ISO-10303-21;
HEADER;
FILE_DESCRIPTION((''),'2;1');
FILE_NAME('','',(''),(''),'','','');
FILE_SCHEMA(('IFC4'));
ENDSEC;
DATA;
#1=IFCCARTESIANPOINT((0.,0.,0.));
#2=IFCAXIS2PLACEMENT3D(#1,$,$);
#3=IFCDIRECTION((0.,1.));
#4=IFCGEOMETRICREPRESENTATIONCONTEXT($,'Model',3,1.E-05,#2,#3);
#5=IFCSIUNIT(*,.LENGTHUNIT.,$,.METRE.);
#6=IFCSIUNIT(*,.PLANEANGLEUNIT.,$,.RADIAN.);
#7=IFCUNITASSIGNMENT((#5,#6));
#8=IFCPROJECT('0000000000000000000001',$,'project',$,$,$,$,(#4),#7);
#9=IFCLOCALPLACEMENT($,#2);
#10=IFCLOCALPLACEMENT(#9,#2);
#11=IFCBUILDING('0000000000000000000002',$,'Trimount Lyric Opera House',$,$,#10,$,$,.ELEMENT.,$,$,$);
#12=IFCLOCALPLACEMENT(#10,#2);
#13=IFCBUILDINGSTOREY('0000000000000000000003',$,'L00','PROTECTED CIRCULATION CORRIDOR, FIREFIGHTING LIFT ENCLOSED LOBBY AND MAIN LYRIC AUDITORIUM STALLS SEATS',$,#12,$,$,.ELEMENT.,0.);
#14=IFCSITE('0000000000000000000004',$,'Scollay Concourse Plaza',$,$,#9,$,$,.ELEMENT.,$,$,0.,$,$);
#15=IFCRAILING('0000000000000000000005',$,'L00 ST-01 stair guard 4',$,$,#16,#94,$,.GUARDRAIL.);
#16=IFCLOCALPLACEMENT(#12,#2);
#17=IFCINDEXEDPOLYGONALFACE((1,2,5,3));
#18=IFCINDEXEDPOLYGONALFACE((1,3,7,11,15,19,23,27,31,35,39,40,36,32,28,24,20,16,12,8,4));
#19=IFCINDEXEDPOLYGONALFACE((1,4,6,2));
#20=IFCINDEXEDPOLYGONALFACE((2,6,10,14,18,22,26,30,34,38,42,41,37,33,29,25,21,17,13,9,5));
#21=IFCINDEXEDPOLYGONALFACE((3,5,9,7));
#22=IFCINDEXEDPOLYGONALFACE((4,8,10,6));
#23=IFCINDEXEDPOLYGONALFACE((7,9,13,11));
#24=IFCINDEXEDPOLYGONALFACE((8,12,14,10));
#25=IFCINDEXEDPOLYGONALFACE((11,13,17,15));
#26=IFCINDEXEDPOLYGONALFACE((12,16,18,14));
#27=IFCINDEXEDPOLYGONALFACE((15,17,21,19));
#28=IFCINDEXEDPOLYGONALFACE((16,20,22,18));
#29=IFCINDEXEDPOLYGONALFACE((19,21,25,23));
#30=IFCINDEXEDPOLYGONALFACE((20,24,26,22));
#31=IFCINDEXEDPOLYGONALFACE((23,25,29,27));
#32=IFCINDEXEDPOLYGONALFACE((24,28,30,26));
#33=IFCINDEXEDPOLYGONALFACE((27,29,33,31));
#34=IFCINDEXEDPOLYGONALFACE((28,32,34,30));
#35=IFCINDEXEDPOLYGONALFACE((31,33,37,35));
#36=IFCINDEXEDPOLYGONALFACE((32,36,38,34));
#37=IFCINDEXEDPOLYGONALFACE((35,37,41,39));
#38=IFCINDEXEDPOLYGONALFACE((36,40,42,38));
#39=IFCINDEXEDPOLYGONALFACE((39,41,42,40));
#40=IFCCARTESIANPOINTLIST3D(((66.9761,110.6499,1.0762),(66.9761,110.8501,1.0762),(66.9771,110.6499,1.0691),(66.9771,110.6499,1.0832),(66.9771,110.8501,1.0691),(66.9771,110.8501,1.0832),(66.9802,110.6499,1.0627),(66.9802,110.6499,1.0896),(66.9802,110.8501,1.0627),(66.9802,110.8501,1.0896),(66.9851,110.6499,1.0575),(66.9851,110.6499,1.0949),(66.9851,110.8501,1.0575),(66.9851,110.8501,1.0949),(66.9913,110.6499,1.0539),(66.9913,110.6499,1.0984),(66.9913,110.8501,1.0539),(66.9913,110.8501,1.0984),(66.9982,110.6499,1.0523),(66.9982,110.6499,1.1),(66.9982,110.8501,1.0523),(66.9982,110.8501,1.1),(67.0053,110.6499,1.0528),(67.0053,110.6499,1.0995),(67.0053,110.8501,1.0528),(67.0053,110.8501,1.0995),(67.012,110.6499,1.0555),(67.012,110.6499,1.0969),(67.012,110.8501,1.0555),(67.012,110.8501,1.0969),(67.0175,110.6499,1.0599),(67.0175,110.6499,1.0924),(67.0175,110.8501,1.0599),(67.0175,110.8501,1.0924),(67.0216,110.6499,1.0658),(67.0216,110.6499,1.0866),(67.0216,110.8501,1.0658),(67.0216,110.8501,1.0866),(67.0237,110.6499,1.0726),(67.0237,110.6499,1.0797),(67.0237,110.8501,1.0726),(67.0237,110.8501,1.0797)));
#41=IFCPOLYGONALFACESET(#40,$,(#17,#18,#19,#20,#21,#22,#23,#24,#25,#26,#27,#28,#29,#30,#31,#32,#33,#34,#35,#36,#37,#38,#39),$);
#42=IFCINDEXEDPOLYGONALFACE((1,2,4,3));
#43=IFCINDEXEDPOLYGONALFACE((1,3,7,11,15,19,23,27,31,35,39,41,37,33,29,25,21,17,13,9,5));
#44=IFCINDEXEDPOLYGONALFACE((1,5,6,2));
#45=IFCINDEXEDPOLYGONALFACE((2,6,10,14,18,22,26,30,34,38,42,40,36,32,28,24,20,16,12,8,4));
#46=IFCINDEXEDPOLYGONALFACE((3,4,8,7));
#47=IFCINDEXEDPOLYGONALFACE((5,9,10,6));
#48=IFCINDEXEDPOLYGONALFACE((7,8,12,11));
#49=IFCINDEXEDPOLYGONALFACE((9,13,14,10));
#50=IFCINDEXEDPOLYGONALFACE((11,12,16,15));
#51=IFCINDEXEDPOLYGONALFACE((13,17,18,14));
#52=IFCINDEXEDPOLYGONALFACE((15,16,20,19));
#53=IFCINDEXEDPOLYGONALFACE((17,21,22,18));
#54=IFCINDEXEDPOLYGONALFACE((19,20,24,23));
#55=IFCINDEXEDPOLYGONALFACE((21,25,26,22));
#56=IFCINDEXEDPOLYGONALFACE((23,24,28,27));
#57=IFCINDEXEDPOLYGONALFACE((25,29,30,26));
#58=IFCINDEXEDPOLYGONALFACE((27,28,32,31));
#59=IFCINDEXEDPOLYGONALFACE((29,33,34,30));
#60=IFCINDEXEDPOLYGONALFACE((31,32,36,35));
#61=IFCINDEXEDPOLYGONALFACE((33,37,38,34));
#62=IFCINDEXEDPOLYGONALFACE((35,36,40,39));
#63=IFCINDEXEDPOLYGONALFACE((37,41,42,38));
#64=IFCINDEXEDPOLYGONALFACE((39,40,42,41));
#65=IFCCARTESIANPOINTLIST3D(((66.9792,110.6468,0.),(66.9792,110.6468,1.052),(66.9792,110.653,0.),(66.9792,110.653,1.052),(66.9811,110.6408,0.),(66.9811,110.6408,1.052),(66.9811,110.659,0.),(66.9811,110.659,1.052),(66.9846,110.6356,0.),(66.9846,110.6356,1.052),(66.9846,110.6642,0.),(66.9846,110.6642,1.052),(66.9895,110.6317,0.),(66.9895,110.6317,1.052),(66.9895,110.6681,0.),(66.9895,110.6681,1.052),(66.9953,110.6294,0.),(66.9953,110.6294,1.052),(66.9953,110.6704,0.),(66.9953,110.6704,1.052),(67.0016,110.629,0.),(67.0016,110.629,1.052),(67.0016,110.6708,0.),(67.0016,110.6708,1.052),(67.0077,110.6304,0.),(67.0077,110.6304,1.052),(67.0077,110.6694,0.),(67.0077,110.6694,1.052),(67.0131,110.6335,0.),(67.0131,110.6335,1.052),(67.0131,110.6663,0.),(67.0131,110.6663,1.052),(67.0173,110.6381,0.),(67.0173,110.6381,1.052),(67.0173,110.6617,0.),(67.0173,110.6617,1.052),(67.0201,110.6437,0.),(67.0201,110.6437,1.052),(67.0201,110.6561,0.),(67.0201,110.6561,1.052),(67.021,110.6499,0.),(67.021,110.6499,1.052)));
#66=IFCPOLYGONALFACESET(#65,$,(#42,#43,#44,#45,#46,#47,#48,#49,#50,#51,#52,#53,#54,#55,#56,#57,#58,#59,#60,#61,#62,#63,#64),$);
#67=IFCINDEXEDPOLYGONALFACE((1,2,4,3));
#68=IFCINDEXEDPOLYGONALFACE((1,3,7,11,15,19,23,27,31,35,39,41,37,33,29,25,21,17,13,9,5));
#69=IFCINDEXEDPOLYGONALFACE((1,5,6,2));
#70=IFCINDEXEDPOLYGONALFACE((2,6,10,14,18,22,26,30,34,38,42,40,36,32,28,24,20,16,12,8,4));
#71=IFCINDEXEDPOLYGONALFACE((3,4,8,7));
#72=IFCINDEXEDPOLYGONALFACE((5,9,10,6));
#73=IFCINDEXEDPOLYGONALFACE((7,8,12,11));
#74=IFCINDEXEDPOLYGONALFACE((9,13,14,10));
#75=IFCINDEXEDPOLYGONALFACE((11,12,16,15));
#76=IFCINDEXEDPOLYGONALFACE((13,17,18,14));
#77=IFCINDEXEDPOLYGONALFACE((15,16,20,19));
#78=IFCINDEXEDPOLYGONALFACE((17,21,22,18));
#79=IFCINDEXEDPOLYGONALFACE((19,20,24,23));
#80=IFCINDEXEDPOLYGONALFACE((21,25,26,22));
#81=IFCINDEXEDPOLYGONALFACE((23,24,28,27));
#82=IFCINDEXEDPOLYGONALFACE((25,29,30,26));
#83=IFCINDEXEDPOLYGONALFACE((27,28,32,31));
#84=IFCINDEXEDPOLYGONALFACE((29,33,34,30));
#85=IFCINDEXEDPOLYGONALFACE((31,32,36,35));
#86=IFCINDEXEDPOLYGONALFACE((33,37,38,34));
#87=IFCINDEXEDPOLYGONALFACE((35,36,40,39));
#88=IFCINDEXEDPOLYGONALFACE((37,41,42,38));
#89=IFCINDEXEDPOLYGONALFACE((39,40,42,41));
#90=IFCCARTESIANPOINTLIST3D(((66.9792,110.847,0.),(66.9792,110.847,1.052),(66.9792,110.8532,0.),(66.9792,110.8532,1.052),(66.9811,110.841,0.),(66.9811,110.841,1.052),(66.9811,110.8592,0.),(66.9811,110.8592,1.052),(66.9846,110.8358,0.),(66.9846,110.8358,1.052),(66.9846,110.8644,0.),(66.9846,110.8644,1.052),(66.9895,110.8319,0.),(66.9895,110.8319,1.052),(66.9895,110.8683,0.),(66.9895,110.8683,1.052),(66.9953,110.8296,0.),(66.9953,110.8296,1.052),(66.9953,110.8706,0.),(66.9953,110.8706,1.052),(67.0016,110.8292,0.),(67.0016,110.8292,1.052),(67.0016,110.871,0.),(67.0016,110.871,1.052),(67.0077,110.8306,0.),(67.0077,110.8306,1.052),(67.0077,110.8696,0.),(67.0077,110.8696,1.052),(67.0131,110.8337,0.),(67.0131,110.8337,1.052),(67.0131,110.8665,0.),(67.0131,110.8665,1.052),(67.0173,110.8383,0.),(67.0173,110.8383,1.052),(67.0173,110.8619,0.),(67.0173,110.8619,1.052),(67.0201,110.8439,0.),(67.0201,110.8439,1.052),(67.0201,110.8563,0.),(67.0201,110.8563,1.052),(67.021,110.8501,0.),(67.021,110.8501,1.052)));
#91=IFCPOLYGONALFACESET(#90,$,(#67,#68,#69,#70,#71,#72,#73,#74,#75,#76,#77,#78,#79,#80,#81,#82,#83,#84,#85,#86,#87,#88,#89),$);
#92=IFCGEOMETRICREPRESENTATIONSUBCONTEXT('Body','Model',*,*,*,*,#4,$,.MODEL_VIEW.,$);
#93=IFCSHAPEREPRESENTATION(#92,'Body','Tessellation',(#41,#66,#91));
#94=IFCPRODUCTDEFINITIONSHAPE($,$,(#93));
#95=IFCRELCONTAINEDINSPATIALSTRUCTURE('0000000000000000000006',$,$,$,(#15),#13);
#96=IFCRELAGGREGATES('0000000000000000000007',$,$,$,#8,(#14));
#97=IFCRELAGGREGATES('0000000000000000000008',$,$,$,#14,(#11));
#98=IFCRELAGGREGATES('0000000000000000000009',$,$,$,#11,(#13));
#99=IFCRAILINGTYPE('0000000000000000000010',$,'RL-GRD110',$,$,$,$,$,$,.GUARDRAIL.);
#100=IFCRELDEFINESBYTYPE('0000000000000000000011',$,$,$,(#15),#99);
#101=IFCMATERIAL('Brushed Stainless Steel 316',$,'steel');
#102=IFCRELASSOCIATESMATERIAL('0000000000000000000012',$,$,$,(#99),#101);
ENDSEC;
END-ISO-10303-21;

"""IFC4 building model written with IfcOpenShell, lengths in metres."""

from ifc_helpers import new_model, si_unit, direction, frame, origin, origin_2d, place, context, subcontext, project, spatial, circle, extrude, material, type_object, element, save


model = new_model("IFC4")

# Units and contexts
model_context = context("Model", 3, precision=1e-05, world=origin(), true_north=direction((0.0, 1.0)))
body_context = subcontext(model_context, "Body", "Model", "MODEL_VIEW")
ifc_project = project(units=[si_unit("LENGTHUNIT", "METRE"), si_unit("PLANEANGLEUNIT", "RADIAN")], contexts=[model_context])

# Site, building, storey
site_placement = place(None, origin())
site = spatial("IfcSite", under=ifc_project, at=site_placement, Name="Scollay Concourse Plaza", CompositionType="ELEMENT", RefElevation=0.0)
building_placement = place(site_placement, origin())
building = spatial("IfcBuilding", under=site, at=building_placement, Name="Trimount Lyric Opera House", CompositionType="ELEMENT")
storey_placement = place(building_placement, origin())
storey = spatial("IfcBuildingStorey", under=building, at=storey_placement, Name="L00", Description="PROTECTED CIRCULATION CORRIDOR, FIREFIGHTING LIFT ENCLOSED LOBBY AND MAIN LYRIC AUDITORIUM STALLS SEATS", CompositionType="ELEMENT", Elevation=0.0)

# Railing
ifc_material_1 = material(Name="Brushed Stainless Steel 316", Category="steel")
railing_type_1 = type_object("IfcRailingType", Name="RL-GRD110", PredefinedType="GUARDRAIL", material=ifc_material_1)
railing_1_placement = place(storey_placement, frame((67.0, 110.6499, 0.0)))
element("IfcRailing", 1, at=railing_1_placement, inside=storey, type_object=railing_type_1, Name="L00 ST-01 stair guard 4", PredefinedType="GUARDRAIL", context=body_context, shape_type="SweptSolid", body=[
    extrude(circle(Radius=0.0239, at=origin_2d()), frame((0.0, 0.0, 1.0762), z_axis=(0.0, 1.0, 0.0), x_axis=(-1.0, 0.0, 0.0)), (0.0, 0.0, 1.0), 0.2002),
    extrude(circle(Radius=0.021, at=origin_2d()), origin(), (0.0, 0.0, 1.0), 1.052),
    extrude(circle(Radius=0.021, at=origin_2d()), frame((0.0, 0.2002, 0.0)), (0.0, 0.0, 1.0), 1.052),
])

save(model, "model.ifc")
